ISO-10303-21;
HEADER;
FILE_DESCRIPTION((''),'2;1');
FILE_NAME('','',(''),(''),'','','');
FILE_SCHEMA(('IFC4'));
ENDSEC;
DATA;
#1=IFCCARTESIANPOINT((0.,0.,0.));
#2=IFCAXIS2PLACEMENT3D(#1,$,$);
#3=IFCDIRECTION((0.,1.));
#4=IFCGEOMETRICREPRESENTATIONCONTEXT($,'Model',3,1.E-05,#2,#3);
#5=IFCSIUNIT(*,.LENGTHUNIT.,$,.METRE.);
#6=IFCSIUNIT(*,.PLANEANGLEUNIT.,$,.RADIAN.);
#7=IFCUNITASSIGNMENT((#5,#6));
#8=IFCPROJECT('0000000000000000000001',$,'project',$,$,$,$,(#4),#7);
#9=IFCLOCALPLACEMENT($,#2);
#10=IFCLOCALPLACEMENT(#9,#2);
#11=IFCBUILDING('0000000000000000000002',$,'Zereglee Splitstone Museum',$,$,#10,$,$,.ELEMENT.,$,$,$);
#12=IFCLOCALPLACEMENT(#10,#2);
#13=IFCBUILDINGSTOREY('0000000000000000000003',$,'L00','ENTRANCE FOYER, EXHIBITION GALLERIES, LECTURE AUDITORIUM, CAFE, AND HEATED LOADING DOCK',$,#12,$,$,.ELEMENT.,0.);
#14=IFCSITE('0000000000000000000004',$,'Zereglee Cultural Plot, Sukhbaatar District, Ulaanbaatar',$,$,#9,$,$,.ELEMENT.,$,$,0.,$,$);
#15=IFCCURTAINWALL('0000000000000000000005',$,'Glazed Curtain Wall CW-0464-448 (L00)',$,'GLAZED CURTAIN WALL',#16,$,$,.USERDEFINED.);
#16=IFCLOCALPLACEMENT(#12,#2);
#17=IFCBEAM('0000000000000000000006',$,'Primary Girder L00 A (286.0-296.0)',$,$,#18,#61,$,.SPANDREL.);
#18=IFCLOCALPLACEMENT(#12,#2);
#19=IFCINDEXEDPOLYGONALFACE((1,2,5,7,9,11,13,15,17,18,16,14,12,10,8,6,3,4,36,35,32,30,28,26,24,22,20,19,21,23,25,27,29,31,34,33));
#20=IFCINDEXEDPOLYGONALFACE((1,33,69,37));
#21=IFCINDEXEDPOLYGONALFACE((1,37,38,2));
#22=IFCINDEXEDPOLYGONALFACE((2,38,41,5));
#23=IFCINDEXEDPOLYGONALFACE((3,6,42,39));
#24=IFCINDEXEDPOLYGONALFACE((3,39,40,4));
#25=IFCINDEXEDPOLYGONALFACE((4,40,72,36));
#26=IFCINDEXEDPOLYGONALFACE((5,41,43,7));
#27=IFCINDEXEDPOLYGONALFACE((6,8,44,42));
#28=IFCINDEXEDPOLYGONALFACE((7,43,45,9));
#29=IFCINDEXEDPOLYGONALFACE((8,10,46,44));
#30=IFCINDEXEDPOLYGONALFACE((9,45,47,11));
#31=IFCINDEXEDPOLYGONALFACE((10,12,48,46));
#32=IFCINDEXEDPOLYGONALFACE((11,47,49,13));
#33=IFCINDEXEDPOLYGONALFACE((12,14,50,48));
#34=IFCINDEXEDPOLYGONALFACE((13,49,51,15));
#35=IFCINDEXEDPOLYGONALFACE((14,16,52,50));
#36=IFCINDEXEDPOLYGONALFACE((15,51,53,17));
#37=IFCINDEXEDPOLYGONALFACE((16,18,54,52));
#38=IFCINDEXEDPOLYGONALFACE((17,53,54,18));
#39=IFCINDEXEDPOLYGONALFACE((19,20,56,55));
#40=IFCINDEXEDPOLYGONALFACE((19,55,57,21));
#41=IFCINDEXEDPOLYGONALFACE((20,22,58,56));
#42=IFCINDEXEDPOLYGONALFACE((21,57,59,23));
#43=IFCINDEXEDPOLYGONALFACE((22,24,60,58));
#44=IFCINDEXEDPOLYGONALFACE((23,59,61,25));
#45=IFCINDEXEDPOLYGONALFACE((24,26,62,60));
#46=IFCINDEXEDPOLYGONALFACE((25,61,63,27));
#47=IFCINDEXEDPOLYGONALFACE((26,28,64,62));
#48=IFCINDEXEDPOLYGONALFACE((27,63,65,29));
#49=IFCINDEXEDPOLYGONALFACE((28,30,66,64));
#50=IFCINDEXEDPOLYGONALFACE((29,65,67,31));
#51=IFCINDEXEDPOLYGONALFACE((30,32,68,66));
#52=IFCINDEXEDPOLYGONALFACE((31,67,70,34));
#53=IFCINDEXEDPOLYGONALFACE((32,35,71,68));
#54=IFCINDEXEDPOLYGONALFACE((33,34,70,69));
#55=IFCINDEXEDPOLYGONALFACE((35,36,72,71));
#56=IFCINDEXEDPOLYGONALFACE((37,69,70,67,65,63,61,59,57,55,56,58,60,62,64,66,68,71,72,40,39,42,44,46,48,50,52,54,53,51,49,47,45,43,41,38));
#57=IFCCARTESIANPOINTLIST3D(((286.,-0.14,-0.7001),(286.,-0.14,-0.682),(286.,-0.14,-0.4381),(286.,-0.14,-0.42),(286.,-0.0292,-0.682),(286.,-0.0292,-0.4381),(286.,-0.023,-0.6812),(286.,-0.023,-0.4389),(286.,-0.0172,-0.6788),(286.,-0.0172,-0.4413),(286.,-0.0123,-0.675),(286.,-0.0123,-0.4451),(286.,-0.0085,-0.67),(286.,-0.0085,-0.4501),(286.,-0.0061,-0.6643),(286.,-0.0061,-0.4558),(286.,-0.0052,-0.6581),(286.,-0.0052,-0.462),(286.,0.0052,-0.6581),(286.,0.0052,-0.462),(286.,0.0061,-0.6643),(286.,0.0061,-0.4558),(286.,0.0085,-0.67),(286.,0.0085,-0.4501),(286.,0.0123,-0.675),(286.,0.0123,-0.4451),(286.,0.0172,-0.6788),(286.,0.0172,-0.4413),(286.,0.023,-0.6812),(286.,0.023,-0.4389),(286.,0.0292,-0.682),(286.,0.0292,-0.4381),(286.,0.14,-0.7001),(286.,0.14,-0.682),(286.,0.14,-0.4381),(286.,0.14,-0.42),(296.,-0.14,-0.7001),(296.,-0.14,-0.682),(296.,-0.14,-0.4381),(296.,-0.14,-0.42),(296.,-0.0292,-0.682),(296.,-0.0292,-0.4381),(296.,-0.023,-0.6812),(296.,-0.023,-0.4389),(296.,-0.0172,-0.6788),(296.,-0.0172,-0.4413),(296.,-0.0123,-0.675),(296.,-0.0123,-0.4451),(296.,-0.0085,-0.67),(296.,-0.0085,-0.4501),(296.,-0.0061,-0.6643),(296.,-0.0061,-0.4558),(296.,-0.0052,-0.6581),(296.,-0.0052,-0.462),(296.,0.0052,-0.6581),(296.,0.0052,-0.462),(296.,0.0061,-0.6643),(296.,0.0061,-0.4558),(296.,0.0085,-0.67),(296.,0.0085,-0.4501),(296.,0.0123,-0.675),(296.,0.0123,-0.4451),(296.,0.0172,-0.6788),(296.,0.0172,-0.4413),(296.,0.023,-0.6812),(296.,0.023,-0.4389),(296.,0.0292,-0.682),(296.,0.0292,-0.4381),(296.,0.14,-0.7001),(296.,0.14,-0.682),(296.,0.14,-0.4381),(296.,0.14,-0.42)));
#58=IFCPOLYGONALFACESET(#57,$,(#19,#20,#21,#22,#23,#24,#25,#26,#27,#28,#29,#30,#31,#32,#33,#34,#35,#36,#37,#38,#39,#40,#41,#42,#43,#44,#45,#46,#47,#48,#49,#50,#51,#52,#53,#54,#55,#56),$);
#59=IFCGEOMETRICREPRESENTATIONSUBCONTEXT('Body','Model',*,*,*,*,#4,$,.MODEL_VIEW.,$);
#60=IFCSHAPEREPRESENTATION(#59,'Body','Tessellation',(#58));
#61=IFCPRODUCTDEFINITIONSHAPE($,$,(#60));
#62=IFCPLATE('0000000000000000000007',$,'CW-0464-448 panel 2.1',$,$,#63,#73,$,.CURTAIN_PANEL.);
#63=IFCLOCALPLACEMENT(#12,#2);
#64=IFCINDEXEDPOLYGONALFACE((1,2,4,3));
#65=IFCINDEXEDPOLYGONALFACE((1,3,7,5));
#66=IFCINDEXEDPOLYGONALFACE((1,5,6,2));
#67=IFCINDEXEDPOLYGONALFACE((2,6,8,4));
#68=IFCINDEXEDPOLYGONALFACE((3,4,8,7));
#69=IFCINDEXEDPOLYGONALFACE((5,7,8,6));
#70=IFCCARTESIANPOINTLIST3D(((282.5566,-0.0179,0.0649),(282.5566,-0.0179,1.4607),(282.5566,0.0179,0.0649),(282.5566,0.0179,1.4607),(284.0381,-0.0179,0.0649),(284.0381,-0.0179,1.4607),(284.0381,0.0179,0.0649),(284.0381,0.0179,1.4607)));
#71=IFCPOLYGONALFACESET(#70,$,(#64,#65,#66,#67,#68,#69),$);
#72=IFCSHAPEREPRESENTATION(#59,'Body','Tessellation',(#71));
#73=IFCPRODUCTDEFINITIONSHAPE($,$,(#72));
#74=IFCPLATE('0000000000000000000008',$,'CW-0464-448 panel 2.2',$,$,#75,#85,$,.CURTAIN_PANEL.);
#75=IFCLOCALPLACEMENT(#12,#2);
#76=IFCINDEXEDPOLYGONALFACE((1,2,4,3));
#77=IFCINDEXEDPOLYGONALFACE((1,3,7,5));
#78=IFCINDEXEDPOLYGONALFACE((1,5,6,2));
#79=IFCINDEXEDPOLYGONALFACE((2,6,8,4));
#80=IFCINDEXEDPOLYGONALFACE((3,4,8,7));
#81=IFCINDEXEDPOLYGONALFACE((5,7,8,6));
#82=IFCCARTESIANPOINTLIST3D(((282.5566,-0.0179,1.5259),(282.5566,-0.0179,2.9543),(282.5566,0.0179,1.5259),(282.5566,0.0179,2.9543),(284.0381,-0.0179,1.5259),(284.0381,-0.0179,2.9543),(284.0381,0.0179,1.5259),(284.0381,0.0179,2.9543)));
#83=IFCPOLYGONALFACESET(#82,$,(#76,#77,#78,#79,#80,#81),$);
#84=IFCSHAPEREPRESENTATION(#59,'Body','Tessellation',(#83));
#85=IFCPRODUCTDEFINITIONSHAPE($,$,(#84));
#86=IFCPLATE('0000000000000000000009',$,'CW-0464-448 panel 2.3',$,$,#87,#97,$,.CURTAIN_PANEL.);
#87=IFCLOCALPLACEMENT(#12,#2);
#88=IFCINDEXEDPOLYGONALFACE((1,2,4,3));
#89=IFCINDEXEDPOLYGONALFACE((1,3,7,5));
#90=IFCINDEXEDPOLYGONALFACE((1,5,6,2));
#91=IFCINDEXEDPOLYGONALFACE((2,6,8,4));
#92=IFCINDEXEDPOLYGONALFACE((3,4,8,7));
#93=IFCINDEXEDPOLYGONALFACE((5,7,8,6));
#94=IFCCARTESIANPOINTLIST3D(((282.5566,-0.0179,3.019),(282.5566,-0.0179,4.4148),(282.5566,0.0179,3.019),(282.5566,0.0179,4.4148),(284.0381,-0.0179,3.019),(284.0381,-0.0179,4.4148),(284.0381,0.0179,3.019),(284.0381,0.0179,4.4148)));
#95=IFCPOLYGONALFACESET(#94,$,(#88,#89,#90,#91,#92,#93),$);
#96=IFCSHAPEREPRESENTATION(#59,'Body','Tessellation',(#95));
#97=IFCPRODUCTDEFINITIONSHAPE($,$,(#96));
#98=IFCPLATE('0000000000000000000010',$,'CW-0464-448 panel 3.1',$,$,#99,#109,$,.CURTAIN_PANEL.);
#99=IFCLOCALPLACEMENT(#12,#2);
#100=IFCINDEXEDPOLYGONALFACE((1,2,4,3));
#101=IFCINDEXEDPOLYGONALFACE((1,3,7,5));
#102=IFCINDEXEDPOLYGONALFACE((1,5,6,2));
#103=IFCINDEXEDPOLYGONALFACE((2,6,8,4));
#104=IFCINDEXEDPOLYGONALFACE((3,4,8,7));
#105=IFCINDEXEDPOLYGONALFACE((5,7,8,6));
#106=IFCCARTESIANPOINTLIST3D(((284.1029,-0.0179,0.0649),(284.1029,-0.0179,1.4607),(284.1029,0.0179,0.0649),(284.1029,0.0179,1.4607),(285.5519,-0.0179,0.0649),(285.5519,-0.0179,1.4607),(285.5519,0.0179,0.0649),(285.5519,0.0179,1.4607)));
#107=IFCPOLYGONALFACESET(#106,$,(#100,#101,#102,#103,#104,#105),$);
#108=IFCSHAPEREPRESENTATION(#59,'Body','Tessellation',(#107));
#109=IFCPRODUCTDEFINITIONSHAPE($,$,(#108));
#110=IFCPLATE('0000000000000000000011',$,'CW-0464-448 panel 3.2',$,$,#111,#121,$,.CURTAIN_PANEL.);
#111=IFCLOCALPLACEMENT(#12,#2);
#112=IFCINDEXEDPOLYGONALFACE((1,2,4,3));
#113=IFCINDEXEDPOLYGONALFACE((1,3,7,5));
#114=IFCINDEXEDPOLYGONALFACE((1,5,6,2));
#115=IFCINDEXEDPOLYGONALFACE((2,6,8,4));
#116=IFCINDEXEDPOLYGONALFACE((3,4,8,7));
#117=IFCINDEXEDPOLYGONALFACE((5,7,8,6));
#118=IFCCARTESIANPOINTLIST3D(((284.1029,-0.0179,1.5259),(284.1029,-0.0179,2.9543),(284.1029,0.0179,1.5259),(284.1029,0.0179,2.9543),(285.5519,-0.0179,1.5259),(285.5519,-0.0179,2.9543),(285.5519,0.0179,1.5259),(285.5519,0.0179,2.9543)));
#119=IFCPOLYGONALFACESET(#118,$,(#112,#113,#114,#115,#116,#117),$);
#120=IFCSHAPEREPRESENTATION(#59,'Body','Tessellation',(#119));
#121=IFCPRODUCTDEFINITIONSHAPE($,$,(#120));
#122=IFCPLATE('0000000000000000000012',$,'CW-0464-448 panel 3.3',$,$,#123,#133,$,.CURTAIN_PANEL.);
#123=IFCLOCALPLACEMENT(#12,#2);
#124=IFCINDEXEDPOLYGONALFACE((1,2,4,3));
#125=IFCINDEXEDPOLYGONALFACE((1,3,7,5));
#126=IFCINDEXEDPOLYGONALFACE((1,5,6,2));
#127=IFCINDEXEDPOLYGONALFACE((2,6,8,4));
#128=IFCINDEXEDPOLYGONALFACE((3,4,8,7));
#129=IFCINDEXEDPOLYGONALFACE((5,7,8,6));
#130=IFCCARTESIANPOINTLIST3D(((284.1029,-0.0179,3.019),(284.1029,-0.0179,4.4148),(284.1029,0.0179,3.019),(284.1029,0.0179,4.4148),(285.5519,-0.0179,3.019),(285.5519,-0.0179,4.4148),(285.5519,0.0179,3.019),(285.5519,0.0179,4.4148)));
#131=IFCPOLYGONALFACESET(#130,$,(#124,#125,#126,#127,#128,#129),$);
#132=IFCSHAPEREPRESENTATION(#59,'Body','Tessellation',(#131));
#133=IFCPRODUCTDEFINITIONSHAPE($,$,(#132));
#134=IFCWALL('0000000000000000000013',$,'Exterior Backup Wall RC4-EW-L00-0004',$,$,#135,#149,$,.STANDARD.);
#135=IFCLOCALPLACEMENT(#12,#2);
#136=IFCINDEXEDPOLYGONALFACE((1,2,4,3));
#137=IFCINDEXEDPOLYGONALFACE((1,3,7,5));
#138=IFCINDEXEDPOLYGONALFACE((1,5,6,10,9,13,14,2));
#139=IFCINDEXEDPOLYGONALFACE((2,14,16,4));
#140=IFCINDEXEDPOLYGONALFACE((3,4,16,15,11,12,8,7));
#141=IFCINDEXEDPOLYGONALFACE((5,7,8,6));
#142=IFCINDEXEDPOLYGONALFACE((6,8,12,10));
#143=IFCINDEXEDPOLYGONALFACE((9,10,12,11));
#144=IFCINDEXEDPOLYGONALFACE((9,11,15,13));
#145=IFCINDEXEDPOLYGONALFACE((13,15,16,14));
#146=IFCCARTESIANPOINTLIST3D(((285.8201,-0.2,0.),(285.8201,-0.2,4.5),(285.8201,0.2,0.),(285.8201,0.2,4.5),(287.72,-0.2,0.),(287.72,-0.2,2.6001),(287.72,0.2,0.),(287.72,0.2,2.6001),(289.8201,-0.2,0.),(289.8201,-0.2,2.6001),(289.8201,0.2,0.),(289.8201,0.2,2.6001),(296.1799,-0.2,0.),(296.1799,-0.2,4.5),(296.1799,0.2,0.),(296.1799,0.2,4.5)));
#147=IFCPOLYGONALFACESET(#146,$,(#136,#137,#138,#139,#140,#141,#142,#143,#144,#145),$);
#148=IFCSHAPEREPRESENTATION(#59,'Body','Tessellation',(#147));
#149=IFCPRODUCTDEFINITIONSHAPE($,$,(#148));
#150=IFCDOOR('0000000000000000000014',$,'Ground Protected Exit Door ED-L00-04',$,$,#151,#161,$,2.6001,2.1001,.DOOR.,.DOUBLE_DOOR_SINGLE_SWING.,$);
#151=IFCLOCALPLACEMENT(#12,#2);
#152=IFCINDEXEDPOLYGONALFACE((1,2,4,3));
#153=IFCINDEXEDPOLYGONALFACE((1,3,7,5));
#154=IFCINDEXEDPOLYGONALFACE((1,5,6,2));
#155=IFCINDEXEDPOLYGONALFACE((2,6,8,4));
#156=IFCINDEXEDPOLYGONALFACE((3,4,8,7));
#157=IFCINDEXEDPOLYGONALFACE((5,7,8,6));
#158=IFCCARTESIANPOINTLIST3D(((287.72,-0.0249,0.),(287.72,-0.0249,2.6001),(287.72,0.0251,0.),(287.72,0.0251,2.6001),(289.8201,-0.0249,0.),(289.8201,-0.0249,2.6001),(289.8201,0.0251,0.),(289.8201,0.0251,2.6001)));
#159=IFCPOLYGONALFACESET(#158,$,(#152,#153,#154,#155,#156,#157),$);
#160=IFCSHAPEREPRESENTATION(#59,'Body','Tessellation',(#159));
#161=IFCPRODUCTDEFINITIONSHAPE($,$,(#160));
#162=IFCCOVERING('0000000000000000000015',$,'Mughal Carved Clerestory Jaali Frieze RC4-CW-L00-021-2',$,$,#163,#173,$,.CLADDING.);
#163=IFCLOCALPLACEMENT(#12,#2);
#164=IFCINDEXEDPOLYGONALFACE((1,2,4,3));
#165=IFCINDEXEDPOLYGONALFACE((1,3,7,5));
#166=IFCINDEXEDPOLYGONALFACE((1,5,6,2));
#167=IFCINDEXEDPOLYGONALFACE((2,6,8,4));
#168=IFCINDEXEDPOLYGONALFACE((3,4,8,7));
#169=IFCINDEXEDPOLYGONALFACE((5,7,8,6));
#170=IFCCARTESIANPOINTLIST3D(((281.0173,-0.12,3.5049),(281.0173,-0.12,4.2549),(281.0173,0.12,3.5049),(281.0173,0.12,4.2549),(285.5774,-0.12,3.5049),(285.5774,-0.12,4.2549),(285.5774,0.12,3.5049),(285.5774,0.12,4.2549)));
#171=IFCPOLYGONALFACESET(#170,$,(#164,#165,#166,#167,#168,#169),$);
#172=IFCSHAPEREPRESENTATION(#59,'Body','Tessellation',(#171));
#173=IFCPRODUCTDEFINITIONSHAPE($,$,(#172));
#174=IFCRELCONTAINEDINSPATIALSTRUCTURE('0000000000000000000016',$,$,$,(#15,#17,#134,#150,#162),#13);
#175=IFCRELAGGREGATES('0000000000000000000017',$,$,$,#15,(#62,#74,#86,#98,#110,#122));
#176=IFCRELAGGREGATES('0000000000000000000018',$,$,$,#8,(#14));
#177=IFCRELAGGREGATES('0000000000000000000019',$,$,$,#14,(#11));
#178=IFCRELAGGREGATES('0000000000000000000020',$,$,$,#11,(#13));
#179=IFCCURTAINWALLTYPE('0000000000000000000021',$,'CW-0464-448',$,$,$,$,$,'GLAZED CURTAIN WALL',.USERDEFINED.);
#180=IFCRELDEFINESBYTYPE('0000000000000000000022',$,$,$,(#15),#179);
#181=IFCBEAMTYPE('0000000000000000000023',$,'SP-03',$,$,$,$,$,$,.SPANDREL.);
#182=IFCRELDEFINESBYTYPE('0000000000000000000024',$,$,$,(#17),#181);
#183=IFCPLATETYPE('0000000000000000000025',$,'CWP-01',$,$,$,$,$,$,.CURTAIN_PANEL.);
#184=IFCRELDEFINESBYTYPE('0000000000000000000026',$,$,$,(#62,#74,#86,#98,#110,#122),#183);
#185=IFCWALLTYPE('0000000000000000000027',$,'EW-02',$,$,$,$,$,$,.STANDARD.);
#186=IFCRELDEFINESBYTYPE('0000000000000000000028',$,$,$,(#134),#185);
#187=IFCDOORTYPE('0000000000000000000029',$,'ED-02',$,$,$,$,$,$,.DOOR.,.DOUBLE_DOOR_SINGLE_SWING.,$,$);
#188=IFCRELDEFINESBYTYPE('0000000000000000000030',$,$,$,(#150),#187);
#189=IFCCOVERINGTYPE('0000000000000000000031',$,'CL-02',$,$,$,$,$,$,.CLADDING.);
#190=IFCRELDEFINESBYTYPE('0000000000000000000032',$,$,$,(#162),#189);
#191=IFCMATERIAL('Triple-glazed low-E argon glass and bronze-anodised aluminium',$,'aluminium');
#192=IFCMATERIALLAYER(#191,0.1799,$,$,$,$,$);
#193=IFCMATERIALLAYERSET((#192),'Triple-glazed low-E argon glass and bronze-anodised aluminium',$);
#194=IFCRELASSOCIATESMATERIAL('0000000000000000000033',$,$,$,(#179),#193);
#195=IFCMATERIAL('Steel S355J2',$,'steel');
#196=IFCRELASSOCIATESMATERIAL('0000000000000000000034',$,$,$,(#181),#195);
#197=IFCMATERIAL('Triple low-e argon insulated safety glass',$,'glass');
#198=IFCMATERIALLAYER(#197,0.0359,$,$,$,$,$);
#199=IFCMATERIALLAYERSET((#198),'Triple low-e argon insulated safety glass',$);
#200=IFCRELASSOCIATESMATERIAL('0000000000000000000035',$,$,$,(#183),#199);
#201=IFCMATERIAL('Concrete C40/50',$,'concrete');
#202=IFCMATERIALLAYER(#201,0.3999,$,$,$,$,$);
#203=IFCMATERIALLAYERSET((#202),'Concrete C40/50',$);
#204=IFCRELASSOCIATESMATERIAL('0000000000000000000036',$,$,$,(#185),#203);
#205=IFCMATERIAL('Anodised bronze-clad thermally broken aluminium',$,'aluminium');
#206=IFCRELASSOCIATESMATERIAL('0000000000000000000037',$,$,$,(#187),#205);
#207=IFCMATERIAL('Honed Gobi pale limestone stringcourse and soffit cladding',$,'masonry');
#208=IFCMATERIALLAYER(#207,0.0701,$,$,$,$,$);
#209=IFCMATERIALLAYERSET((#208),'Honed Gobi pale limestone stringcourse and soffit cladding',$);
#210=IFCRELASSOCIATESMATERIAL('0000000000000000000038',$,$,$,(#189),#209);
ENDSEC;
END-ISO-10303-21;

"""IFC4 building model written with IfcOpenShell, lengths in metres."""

from ifc_helpers import new_model, si_unit, direction, frame, frame_2d, origin, origin_2d, place, context, subcontext, project, spatial, rectangle, i_section, extrude, material, layer, layer_set, material_profile, profile_set, type_object, element, fill, aggregate, save


model = new_model("IFC4")

# Units and contexts
model_context = context("Model", 3, precision=1e-05, world=origin(), true_north=direction((0.0, 1.0)))
body_context = subcontext(model_context, "Body", "Model", "MODEL_VIEW")
ifc_project = project(units=[si_unit("LENGTHUNIT", "METRE"), si_unit("PLANEANGLEUNIT", "RADIAN")], contexts=[model_context])

# Site, building, storey
site_placement = place(None, origin())
site = spatial("IfcSite", under=ifc_project, at=site_placement, Name="Zereglee Cultural Plot, Sukhbaatar District, Ulaanbaatar", CompositionType="ELEMENT", RefElevation=0.0)
building_placement = place(site_placement, origin())
building = spatial("IfcBuilding", under=site, at=building_placement, Name="Zereglee Splitstone Museum", CompositionType="ELEMENT")
storey_placement = place(building_placement, origin())
storey = spatial("IfcBuildingStorey", under=building, at=storey_placement, Name="L00", Description="ENTRANCE FOYER, EXHIBITION GALLERIES, LECTURE AUDITORIUM, CAFE, AND HEATED LOADING DOCK", CompositionType="ELEMENT", Elevation=0.0)

# Shared definitions
ifc_material_1 = material(Name="Concrete C40/50", Category="concrete")

# Curtain wall
ifc_material_2 = material(Name="Triple-glazed low-E argon glass and bronze-anodised aluminium", Category="aluminium")
ifc_layer_1 = layer(ifc_material_2, 0.1799)
ifc_layer_set_1 = layer_set([ifc_layer_1], Name="Triple-glazed low-E argon glass and bronze-anodised aluminium")
curtain_wall_type = type_object("IfcCurtainWallType", Name="CW-0464-448", ElementType="GLAZED CURTAIN WALL", PredefinedType="USERDEFINED", material=ifc_layer_set_1)
curtain_wall_placement = place(storey_placement, origin())
curtain_wall = element("IfcCurtainWall", 1, at=curtain_wall_placement, inside=storey, type_object=curtain_wall_type, Name="Glazed Curtain Wall CW-0464-448 (L00)", ObjectType="GLAZED CURTAIN WALL", PredefinedType="USERDEFINED")

# Beam
ifc_material_3 = material(Name="Steel S355J2", Category="steel")
ifc_material_profile_1 = material_profile(ifc_material_3, i_section(OverallWidth=0.28, OverallDepth=0.28, WebThickness=0.0105, FlangeThickness=0.0181, FilletRadius=0.0239, at=origin_2d()), Name="HE 280 B")
ifc_profile_set_1 = profile_set([ifc_material_profile_1], Name="Steel S355J2")
beam_type_1 = type_object("IfcBeamType", Name="SP-03", PredefinedType="SPANDREL", material=ifc_profile_set_1)
beam_1_placement = place(storey_placement, frame((286.0, 0.0, -0.5601), z_axis=(1.0, 0.0, 0.0), x_axis=(0.0, 1.0, 0.0)))
element("IfcBeam", 2, at=beam_1_placement, inside=storey, type_object=beam_type_1, Name="Primary Girder L00 A (286.0-296.0)", PredefinedType="SPANDREL", context=body_context, shape_type="SweptSolid", body=[
    extrude(i_section(OverallWidth=0.28, OverallDepth=0.28, WebThickness=0.0105, FlangeThickness=0.0181, FilletRadius=0.0239, at=origin_2d()), origin(), (0.0, 0.0, 1.0), 10.0),
])

# Plates
ifc_material_4 = material(Name="Triple low-e argon insulated safety glass", Category="glass")
ifc_layer_2 = layer(ifc_material_4, 0.0359)
ifc_layer_set_2 = layer_set([ifc_layer_2], Name="Triple low-e argon insulated safety glass")
plate_type = type_object("IfcPlateType", Name="CWP-01", PredefinedType="CURTAIN_PANEL", material=ifc_layer_set_2)
plate_1_placement = place(storey_placement, frame((283.2974, 0.0, 0.0649), z_axis=(0.0, 0.0, 1.0), x_axis=(1.0, 0.0, 0.0)))
plate_1 = element("IfcPlate", 3, at=plate_1_placement, type_object=plate_type, Name="CW-0464-448 panel 2.1", PredefinedType="CURTAIN_PANEL", context=body_context, shape_type="SweptSolid", body=[
    extrude(rectangle(XDim=1.4814, YDim=0.0359, at=origin_2d()), origin(), (0.0, 0.0, 1.0), 1.3958),
])
plate_2_placement = place(storey_placement, frame((283.2974, 0.0, 1.5259), z_axis=(0.0, 0.0, 1.0), x_axis=(1.0, 0.0, 0.0)))
plate_2 = element("IfcPlate", 4, at=plate_2_placement, type_object=plate_type, Name="CW-0464-448 panel 2.2", PredefinedType="CURTAIN_PANEL", context=body_context, shape_type="SweptSolid", body=[
    extrude(rectangle(XDim=1.4814, YDim=0.0359, at=origin_2d()), origin(), (0.0, 0.0, 1.0), 1.4285),
])
plate_3_placement = place(storey_placement, frame((283.2974, 0.0, 3.019), z_axis=(0.0, 0.0, 1.0), x_axis=(1.0, 0.0, 0.0)))
plate_3 = element("IfcPlate", 5, at=plate_3_placement, type_object=plate_type, Name="CW-0464-448 panel 2.3", PredefinedType="CURTAIN_PANEL", context=body_context, shape_type="SweptSolid", body=[
    extrude(rectangle(XDim=1.4814, YDim=0.0359, at=origin_2d()), origin(), (0.0, 0.0, 1.0), 1.3958),
])
plate_4_placement = place(storey_placement, frame((284.8274, 0.0, 0.0649), z_axis=(0.0, 0.0, 1.0), x_axis=(1.0, 0.0, 0.0)))
plate_4 = element("IfcPlate", 6, at=plate_4_placement, type_object=plate_type, Name="CW-0464-448 panel 3.1", PredefinedType="CURTAIN_PANEL", context=body_context, shape_type="SweptSolid", body=[
    extrude(rectangle(XDim=1.449, YDim=0.0359, at=origin_2d()), origin(), (0.0, 0.0, 1.0), 1.3958),
])
plate_5_placement = place(storey_placement, frame((284.8274, 0.0, 1.5259), z_axis=(0.0, 0.0, 1.0), x_axis=(1.0, 0.0, 0.0)))
plate_5 = element("IfcPlate", 7, at=plate_5_placement, type_object=plate_type, Name="CW-0464-448 panel 3.2", PredefinedType="CURTAIN_PANEL", context=body_context, shape_type="SweptSolid", body=[
    extrude(rectangle(XDim=1.449, YDim=0.0359, at=origin_2d()), origin(), (0.0, 0.0, 1.0), 1.4285),
])
plate_6_placement = place(storey_placement, frame((284.8274, 0.0, 3.019), z_axis=(0.0, 0.0, 1.0), x_axis=(1.0, 0.0, 0.0)))
plate_6 = element("IfcPlate", 8, at=plate_6_placement, type_object=plate_type, Name="CW-0464-448 panel 3.3", PredefinedType="CURTAIN_PANEL", context=body_context, shape_type="SweptSolid", body=[
    extrude(rectangle(XDim=1.449, YDim=0.0359, at=origin_2d()), origin(), (0.0, 0.0, 1.0), 1.3958),
])
aggregate(curtain_wall, [plate_1, plate_2, plate_3, plate_4, plate_5, plate_6])

# Wall, opening, door
ifc_layer_3 = layer(ifc_material_1, 0.3999)
ifc_layer_set_3 = layer_set([ifc_layer_3], Name="Concrete C40/50")
wall_type = type_object("IfcWallType", Name="EW-02", PredefinedType="STANDARD", material=ifc_layer_set_3)
wall_placement = place(storey_placement, frame((285.8201, 0.0, 0.0), z_axis=(0.0, 0.0, 1.0), x_axis=(1.0, 0.0, 0.0)))
wall = element("IfcWall", 9, at=wall_placement, inside=storey, type_object=wall_type, Name="Exterior Backup Wall RC4-EW-L00-0004", PredefinedType="STANDARD", context=body_context, shape_type="SweptSolid", body=[
    extrude(rectangle(XDim=10.3599, YDim=0.3999, at=frame_2d((5.1799, 0.0))), origin(), (0.0, 0.0, 1.0), 4.5),
])
opening_placement = place(wall_placement, frame((1.8999, 0.0, 0.0)))
opening = element("IfcOpeningElement", 10, at=opening_placement, cuts=wall, PredefinedType="OPENING", context=body_context, shape_type="SweptSolid", body=[
    extrude(rectangle(XDim=2.1001, YDim=2.6001, at=frame_2d((1.05, 1.3))), frame((0.0, 0.2148, 0.0), z_axis=(0.0, -1.0, 0.0), x_axis=(1.0, 0.0, 0.0)), (0.0, 0.0, 1.0), 0.4297),
])
ifc_material_5 = material(Name="Anodised bronze-clad thermally broken aluminium", Category="aluminium")
door_type = type_object("IfcDoorType", Name="ED-02", OperationType="DOUBLE_DOOR_SINGLE_SWING", PredefinedType="DOOR", material=ifc_material_5)
door_placement = place(opening_placement, frame((2.1001, 0.0, 0.0), z_axis=(0.0, 0.0, 1.0), x_axis=(-1.0, 0.0, 0.0)))
door = element("IfcDoor", 11, at=door_placement, inside=storey, type_object=door_type, Name="Ground Protected Exit Door ED-L00-04", OperationType="DOUBLE_DOOR_SINGLE_SWING", OverallHeight=2.6001, OverallWidth=2.1001, PredefinedType="DOOR", context=body_context, shape_type="SweptSolid", body=[
    extrude(rectangle(XDim=2.1001, YDim=2.6001, at=frame_2d((1.05, 1.3))), frame((0.0, 0.0249, 0.0), z_axis=(0.0, -1.0, 0.0), x_axis=(1.0, 0.0, 0.0)), (0.0, 0.0, 1.0), 0.05),
])
fill(opening, door)

# Covering
ifc_material_6 = material(Name="Honed Gobi pale limestone stringcourse and soffit cladding", Category="masonry")
ifc_layer_4 = layer(ifc_material_6, 0.0701)
ifc_layer_set_4 = layer_set([ifc_layer_4], Name="Honed Gobi pale limestone stringcourse and soffit cladding")
covering_type = type_object("IfcCoveringType", Name="CL-02", PredefinedType="CLADDING", material=ifc_layer_set_4)
covering_placement = place(storey_placement, frame((283.2974, 0.0, 3.5049), z_axis=(0.0, 0.0, 1.0), x_axis=(1.0, 0.0, 0.0)))
element("IfcCovering", 12, at=covering_placement, inside=storey, type_object=covering_type, Name="Mughal Carved Clerestory Jaali Frieze RC4-CW-L00-021-2", PredefinedType="CLADDING", context=body_context, shape_type="SweptSolid", body=[
    extrude(rectangle(XDim=4.5601, YDim=0.24, at=origin_2d()), origin(), (0.0, 0.0, 1.0), 0.75),
])

save(model, "model.ifc")
